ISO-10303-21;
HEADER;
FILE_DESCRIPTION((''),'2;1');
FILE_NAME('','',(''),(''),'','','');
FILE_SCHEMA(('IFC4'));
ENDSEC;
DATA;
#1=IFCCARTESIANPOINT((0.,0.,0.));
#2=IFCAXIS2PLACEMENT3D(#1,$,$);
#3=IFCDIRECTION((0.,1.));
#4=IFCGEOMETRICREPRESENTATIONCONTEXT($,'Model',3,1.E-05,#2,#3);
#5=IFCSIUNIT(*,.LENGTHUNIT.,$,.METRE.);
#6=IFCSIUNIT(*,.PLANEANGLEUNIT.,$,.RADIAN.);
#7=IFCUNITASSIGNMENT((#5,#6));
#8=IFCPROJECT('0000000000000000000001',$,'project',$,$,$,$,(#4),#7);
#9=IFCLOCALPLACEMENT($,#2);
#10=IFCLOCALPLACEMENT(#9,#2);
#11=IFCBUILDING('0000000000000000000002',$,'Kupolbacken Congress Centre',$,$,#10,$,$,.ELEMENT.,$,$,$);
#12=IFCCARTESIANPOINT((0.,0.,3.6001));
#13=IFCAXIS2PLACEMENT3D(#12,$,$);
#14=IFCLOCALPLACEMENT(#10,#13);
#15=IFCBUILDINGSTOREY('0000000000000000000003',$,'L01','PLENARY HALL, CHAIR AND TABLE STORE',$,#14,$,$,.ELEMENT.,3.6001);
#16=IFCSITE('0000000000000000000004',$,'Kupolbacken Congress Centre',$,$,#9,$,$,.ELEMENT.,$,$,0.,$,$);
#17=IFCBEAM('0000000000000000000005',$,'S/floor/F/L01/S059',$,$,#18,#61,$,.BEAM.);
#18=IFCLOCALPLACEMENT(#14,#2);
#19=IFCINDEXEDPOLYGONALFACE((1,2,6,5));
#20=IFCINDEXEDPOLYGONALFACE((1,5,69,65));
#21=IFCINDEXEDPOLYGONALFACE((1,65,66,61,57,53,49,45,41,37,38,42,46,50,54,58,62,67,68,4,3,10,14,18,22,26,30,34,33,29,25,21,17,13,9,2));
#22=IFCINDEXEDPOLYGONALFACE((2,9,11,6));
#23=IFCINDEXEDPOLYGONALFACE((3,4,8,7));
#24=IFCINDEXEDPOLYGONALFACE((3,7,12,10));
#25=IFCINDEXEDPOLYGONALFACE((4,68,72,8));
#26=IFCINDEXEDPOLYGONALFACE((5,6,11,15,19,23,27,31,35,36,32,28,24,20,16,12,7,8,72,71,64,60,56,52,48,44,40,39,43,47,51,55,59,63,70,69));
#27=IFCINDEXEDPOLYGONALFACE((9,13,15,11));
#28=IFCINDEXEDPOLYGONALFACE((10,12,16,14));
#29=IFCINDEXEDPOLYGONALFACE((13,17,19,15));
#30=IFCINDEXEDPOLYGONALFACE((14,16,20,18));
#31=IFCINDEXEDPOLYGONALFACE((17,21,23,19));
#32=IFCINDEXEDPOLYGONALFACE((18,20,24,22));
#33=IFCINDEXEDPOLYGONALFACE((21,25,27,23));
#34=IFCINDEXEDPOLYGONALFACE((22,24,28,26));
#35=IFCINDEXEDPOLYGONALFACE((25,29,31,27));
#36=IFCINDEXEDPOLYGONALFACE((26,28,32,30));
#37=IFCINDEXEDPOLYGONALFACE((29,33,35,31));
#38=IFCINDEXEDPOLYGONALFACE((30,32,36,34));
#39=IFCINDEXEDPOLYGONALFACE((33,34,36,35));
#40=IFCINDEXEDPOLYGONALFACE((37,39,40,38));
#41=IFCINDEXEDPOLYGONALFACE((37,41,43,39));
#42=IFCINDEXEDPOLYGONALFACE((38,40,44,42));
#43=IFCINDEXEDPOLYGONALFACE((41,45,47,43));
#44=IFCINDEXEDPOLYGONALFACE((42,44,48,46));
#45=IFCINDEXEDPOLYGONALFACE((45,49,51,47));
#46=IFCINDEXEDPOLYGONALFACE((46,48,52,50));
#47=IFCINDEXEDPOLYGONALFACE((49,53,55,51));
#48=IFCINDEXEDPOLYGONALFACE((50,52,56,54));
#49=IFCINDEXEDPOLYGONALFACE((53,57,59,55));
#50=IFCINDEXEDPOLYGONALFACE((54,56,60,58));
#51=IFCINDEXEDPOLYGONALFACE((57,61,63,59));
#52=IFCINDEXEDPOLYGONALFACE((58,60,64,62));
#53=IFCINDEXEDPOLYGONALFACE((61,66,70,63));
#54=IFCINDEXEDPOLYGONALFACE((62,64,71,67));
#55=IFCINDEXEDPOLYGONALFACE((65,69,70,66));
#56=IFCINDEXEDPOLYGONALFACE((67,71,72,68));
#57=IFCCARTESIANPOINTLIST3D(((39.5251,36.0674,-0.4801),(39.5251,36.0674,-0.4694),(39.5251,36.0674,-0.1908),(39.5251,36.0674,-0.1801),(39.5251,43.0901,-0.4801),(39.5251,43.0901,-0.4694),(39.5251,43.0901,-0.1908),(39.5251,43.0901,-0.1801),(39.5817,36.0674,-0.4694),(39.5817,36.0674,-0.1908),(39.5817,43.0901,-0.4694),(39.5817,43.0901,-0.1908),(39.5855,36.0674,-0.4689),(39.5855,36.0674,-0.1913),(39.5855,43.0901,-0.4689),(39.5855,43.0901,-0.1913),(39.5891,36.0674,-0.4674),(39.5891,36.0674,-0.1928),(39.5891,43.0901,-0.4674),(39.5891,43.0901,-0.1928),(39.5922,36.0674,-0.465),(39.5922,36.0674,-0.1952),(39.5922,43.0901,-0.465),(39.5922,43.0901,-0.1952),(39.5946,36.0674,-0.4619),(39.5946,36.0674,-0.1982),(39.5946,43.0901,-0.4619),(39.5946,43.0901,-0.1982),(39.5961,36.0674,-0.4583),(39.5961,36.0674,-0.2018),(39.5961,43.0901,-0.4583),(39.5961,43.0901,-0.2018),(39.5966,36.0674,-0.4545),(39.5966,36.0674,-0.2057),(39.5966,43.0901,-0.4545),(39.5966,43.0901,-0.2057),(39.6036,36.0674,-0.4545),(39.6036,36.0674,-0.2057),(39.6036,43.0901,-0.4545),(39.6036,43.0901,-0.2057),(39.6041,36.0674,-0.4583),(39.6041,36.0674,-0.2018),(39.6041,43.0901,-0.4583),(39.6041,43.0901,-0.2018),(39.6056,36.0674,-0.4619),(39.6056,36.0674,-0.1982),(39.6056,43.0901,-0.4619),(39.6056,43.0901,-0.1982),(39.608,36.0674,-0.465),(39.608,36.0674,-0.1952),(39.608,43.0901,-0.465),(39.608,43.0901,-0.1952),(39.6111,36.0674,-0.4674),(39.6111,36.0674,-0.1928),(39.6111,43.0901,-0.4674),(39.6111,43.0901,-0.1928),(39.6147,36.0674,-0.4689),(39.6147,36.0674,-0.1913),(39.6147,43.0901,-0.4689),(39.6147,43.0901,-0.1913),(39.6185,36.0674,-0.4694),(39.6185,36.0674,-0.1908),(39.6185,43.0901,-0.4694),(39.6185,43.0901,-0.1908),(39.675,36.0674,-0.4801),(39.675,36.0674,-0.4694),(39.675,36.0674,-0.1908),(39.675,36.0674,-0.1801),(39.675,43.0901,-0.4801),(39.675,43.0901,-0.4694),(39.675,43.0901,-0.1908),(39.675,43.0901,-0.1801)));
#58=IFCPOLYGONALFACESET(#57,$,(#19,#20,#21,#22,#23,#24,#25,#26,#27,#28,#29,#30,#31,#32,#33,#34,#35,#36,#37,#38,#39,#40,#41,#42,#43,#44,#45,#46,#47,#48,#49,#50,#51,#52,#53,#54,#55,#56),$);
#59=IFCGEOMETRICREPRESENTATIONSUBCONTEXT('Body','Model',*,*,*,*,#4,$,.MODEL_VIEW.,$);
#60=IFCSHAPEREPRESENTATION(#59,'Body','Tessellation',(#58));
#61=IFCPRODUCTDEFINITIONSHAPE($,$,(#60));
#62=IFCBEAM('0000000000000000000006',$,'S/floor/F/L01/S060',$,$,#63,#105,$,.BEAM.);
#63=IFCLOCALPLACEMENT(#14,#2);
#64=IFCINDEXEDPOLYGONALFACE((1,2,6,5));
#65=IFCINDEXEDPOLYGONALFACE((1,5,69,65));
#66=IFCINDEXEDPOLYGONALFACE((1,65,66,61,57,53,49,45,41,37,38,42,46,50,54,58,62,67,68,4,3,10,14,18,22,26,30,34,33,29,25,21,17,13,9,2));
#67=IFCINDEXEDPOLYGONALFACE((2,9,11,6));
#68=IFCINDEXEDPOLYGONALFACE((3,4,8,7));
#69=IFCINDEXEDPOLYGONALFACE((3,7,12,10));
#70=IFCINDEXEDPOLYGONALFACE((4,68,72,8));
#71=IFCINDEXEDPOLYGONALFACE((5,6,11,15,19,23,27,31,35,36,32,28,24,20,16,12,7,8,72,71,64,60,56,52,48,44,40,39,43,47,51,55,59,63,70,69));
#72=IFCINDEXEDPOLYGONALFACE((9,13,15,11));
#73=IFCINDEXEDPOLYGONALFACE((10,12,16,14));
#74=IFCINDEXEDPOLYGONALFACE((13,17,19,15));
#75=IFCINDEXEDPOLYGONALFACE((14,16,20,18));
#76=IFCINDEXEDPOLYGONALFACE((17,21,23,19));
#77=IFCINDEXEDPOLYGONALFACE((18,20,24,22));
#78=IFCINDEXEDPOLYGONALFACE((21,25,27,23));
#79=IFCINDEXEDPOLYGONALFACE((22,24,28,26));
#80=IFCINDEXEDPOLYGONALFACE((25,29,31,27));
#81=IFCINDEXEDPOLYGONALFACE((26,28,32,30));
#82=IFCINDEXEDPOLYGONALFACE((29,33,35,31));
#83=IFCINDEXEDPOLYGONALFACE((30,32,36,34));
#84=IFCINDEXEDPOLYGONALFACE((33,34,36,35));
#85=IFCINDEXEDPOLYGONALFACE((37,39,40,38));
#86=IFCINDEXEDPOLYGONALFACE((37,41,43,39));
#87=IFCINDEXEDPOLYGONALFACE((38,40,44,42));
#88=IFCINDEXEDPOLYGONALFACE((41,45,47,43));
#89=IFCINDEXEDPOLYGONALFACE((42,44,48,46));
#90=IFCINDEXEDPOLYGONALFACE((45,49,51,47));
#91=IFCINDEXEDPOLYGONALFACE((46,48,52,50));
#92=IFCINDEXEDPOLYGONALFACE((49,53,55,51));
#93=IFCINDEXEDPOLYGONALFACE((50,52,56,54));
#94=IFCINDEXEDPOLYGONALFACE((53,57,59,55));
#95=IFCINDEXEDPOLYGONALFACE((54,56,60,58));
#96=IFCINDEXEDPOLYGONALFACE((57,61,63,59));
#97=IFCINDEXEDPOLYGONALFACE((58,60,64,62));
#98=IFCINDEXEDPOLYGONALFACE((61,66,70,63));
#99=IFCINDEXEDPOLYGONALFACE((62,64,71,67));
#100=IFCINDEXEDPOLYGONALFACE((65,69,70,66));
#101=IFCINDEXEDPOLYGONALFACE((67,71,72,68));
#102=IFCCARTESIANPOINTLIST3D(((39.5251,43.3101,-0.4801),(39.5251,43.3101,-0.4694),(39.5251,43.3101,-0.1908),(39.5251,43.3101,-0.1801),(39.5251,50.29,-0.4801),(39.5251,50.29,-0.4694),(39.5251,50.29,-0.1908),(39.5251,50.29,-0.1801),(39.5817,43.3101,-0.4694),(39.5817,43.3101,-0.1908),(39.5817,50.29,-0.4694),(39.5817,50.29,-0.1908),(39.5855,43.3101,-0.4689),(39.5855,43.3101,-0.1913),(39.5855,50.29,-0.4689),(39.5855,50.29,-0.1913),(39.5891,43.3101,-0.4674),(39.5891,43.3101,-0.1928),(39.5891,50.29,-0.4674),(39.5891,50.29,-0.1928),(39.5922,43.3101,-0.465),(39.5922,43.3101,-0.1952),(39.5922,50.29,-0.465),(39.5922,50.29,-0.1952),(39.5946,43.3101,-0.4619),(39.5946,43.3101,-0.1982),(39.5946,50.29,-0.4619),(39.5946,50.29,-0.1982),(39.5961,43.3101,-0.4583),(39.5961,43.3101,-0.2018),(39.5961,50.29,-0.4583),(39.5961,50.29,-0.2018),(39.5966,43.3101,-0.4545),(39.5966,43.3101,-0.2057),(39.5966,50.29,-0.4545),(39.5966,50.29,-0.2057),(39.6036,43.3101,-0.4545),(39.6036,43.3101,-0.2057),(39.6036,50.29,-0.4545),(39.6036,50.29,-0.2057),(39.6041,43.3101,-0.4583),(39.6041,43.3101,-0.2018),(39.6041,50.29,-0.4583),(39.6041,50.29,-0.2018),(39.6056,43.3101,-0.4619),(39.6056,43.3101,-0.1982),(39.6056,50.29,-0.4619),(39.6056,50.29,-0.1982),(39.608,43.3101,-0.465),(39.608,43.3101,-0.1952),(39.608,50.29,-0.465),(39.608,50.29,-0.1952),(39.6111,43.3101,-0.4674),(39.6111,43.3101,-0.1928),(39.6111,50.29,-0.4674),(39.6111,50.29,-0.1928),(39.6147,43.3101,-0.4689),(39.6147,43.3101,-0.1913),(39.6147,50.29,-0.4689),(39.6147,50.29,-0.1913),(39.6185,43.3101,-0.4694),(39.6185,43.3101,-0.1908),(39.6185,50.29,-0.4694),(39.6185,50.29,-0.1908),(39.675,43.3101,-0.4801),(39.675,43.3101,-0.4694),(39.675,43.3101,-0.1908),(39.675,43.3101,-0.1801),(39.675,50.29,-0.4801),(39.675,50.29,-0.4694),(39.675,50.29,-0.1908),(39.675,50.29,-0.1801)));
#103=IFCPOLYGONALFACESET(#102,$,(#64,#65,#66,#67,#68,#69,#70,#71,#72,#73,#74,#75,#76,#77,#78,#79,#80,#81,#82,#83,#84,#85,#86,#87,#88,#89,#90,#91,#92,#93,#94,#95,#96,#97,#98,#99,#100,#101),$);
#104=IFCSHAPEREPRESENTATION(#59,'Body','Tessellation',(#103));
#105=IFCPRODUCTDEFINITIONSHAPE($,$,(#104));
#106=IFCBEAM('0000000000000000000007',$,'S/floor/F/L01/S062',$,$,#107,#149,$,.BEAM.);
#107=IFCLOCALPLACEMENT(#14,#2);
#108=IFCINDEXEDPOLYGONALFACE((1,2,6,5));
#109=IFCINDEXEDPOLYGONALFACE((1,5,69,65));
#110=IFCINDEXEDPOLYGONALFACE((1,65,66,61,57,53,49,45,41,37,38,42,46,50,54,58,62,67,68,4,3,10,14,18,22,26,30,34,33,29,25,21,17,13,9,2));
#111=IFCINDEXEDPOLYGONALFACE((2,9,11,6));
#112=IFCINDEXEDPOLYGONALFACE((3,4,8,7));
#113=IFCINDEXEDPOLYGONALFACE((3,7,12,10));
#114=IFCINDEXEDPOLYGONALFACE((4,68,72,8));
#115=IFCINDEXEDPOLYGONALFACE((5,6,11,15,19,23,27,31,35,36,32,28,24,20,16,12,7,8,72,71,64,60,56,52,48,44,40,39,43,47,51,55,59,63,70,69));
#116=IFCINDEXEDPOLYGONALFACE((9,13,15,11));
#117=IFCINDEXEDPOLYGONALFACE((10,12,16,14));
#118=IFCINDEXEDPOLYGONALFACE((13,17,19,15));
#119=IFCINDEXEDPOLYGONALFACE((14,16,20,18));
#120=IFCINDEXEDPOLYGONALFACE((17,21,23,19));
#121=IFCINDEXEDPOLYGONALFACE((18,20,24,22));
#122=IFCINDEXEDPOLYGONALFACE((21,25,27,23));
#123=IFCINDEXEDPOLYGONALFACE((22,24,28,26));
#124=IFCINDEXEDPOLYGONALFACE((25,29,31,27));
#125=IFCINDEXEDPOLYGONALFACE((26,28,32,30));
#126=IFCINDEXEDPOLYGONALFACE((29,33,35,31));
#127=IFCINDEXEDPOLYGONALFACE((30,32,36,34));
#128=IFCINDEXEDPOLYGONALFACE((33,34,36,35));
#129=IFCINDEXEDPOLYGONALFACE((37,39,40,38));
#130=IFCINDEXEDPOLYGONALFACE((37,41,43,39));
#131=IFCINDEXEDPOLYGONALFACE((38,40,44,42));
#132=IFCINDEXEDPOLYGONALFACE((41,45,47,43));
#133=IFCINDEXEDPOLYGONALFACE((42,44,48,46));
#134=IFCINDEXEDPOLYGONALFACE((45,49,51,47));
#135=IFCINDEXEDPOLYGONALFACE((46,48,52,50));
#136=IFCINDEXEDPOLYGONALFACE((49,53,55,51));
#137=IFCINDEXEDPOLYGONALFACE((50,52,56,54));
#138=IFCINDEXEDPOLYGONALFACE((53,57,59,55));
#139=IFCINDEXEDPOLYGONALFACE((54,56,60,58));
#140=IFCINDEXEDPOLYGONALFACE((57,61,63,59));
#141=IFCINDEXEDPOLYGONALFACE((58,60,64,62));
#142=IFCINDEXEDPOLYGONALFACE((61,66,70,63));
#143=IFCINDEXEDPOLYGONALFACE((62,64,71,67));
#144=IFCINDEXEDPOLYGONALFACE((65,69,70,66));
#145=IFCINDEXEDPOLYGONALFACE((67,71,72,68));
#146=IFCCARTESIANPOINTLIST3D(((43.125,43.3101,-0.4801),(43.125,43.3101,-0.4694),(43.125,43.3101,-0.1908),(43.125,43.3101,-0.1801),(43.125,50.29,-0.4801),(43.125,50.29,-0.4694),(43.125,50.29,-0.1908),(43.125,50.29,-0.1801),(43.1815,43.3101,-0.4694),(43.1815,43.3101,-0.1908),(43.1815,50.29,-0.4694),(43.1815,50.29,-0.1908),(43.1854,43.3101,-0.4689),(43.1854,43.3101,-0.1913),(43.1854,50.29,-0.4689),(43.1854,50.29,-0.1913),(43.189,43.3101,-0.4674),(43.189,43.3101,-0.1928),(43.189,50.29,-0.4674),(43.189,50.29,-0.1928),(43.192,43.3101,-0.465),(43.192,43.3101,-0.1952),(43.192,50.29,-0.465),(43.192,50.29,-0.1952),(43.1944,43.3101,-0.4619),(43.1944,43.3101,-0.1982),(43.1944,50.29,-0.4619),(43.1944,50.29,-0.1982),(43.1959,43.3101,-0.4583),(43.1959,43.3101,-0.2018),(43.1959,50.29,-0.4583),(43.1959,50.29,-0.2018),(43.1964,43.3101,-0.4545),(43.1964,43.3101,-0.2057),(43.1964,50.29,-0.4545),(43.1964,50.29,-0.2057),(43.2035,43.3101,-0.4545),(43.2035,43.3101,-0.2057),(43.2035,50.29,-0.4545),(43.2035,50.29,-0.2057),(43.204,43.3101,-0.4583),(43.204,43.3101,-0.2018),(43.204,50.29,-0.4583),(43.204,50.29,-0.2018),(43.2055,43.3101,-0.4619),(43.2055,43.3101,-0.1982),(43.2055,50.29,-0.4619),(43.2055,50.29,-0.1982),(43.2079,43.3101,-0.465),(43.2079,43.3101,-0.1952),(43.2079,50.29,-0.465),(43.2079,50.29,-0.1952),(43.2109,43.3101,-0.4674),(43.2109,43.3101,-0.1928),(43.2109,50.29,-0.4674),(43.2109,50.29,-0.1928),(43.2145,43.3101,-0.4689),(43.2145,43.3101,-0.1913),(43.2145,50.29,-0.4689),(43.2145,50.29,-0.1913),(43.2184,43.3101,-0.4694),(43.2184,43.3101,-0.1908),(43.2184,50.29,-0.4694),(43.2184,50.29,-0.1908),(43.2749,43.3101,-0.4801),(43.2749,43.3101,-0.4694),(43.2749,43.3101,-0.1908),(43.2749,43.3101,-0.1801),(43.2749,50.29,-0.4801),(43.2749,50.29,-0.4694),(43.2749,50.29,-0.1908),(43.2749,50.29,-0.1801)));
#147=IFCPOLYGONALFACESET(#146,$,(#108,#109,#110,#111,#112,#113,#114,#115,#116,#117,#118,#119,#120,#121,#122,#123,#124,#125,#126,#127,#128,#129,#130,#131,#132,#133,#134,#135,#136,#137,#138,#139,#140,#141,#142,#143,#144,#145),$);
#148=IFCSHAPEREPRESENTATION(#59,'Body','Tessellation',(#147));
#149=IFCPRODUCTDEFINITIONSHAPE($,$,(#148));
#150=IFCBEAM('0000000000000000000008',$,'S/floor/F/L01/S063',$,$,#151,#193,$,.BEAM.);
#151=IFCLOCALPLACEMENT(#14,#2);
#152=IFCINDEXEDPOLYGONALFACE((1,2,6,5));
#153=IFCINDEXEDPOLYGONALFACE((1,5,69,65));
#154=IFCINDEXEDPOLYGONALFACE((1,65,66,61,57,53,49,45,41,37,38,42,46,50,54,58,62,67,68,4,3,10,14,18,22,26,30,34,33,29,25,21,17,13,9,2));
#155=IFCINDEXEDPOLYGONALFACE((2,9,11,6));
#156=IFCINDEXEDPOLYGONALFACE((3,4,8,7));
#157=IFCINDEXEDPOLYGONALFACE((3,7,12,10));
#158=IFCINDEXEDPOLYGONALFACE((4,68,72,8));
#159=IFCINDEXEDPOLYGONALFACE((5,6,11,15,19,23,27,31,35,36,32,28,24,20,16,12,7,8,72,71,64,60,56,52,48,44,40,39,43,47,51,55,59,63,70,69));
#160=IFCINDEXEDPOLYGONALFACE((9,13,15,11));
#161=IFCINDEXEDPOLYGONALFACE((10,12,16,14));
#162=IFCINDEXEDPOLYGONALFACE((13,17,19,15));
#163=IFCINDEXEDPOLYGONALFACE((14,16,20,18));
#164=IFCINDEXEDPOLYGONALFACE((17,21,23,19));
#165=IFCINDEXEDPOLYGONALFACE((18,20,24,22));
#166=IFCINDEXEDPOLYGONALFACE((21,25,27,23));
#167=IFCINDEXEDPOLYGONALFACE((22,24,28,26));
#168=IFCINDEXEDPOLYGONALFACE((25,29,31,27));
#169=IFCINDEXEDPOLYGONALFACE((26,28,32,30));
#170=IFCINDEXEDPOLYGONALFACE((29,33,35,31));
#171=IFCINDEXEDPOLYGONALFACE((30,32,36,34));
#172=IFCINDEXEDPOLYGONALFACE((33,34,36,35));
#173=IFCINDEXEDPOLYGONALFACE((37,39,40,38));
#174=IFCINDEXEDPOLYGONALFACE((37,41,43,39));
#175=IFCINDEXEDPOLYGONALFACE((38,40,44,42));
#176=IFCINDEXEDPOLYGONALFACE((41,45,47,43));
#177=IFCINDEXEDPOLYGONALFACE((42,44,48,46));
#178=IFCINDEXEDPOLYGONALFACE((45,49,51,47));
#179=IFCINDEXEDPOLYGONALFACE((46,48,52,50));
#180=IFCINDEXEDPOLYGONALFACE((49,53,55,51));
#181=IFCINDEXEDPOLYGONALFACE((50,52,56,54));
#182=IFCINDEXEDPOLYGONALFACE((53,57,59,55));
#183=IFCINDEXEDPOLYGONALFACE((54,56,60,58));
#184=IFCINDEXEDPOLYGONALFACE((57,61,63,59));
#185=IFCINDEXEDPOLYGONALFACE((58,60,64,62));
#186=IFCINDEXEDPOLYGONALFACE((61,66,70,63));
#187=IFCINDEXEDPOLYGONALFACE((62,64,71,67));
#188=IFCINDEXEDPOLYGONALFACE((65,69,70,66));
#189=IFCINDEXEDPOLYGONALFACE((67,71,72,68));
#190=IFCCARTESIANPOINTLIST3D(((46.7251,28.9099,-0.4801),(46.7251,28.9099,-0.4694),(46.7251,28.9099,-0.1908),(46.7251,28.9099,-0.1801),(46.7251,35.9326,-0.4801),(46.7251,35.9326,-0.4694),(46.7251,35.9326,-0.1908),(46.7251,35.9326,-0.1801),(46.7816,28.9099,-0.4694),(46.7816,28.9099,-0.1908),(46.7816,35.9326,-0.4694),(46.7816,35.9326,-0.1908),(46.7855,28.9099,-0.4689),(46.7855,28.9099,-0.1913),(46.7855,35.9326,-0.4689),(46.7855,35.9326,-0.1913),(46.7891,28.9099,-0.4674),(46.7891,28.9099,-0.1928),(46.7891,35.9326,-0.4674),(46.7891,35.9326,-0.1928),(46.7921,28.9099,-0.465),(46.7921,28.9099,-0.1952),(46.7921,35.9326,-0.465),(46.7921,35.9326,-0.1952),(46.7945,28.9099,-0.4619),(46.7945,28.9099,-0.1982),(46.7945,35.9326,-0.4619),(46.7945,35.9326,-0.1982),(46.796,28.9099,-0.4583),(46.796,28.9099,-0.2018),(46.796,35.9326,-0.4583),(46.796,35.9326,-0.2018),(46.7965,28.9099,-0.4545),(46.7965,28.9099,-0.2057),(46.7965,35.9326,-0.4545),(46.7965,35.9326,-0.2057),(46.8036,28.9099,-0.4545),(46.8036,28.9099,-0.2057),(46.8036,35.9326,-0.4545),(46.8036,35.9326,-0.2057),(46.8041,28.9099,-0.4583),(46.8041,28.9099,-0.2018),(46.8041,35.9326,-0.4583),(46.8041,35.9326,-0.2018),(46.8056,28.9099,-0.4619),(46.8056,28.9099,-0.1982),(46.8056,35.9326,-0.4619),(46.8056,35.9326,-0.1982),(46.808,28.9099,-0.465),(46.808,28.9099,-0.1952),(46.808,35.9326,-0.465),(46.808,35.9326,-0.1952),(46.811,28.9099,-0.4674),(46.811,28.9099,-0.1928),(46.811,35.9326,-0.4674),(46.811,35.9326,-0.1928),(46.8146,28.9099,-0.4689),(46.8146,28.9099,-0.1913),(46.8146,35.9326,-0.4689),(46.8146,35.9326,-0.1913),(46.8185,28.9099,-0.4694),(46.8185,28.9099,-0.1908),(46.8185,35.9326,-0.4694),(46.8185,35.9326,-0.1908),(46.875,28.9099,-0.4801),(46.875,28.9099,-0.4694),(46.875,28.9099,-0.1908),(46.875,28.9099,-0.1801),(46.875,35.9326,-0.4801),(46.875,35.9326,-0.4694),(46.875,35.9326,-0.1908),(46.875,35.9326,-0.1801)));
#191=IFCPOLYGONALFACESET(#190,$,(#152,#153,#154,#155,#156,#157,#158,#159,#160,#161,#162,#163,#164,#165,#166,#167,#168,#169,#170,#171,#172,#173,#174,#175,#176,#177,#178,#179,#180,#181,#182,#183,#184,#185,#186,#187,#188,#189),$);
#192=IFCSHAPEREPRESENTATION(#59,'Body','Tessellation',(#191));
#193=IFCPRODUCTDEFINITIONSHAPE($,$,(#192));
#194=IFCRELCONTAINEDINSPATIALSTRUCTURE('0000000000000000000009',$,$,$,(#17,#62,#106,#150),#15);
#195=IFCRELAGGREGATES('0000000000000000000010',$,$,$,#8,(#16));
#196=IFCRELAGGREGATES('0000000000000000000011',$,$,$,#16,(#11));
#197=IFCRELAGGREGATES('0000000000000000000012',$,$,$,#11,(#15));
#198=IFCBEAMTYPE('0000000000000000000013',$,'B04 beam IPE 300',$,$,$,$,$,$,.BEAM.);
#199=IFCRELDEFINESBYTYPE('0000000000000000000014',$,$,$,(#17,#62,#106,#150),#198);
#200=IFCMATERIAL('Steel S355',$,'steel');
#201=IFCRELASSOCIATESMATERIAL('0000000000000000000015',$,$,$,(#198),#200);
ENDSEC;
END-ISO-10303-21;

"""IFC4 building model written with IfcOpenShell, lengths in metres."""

from ifc_helpers import new_model, si_unit, direction, frame, origin, origin_2d, place, context, subcontext, project, spatial, i_section, extrude, material, material_profile, profile_set, type_object, element, save


model = new_model("IFC4")

# Units and contexts
model_context = context("Model", 3, precision=1e-05, world=origin(), true_north=direction((0.0, 1.0)))
body_context = subcontext(model_context, "Body", "Model", "MODEL_VIEW")
ifc_project = project(units=[si_unit("LENGTHUNIT", "METRE"), si_unit("PLANEANGLEUNIT", "RADIAN")], contexts=[model_context])

# Site, building, storey
site_placement = place(None, origin())
site = spatial("IfcSite", under=ifc_project, at=site_placement, Name="Kupolbacken Congress Centre", CompositionType="ELEMENT", RefElevation=0.0)
building_placement = place(site_placement, origin())
building = spatial("IfcBuilding", under=site, at=building_placement, Name="Kupolbacken Congress Centre", CompositionType="ELEMENT")
storey_placement = place(building_placement, frame((0.0, 0.0, 3.6001)))
storey = spatial("IfcBuildingStorey", under=building, at=storey_placement, Name="L01", Description="PLENARY HALL, CHAIR AND TABLE STORE", CompositionType="ELEMENT", Elevation=3.6001)

# Beams
ifc_material_1 = material(Name="Steel S355", Category="steel")
ifc_material_profile_1 = material_profile(ifc_material_1, i_section(OverallWidth=0.1499, OverallDepth=0.3, WebThickness=0.0071, FlangeThickness=0.0107, FilletRadius=0.0149, at=origin_2d()), Name="IPE 300")
ifc_profile_set_1 = profile_set([ifc_material_profile_1], Name="Steel S355")
beam_type_1 = type_object("IfcBeamType", Name="B04 beam IPE 300", PredefinedType="BEAM", material=ifc_profile_set_1)
for number, where, z_axis, x_axis, name in (
    (1, (39.6001, 36.0674, -0.3301), (0.0, 1.0, 0.0), (-1.0, 0.0, 0.0), "S/floor/F/L01/S059"),
):
    element("IfcBeam", number, at=place(storey_placement, frame(where, z_axis=z_axis, x_axis=x_axis)), inside=storey, type_object=beam_type_1, Name=name, PredefinedType="BEAM", context=body_context, shape_type="SweptSolid", body=[
        extrude(i_section(OverallWidth=0.1499, OverallDepth=0.3, WebThickness=0.0071, FlangeThickness=0.0107, FilletRadius=0.0149, at=origin_2d()), origin(), (0.0, 0.0, 1.0), 7.0227),
    ])
for number, where, z_axis, x_axis, name in (
    (2, (39.6001, 43.3101, -0.3301), (0.0, 1.0, 0.0), (-1.0, 0.0, 0.0), "S/floor/F/L01/S060"),
    (3, (43.2, 43.3101, -0.3301), (0.0, 1.0, 0.0), (-1.0, 0.0, 0.0), "S/floor/F/L01/S062"),
):
    element("IfcBeam", number, at=place(storey_placement, frame(where, z_axis=z_axis, x_axis=x_axis)), inside=storey, type_object=beam_type_1, Name=name, PredefinedType="BEAM", context=body_context, shape_type="SweptSolid", body=[
        extrude(i_section(OverallWidth=0.1499, OverallDepth=0.3, WebThickness=0.0071, FlangeThickness=0.0107, FilletRadius=0.0149, at=origin_2d()), origin(), (0.0, 0.0, 1.0), 6.98),
    ])
for number, where, z_axis, x_axis, name in (
    (4, (46.8, 28.9099, -0.3301), (0.0, 1.0, 0.0), (-1.0, 0.0, 0.0), "S/floor/F/L01/S063"),
):
    element("IfcBeam", number, at=place(storey_placement, frame(where, z_axis=z_axis, x_axis=x_axis)), inside=storey, type_object=beam_type_1, Name=name, PredefinedType="BEAM", context=body_context, shape_type="SweptSolid", body=[
        extrude(i_section(OverallWidth=0.1499, OverallDepth=0.3, WebThickness=0.0071, FlangeThickness=0.0107, FilletRadius=0.0149, at=origin_2d()), origin(), (0.0, 0.0, 1.0), 7.0227),
    ])

save(model, "model.ifc")
